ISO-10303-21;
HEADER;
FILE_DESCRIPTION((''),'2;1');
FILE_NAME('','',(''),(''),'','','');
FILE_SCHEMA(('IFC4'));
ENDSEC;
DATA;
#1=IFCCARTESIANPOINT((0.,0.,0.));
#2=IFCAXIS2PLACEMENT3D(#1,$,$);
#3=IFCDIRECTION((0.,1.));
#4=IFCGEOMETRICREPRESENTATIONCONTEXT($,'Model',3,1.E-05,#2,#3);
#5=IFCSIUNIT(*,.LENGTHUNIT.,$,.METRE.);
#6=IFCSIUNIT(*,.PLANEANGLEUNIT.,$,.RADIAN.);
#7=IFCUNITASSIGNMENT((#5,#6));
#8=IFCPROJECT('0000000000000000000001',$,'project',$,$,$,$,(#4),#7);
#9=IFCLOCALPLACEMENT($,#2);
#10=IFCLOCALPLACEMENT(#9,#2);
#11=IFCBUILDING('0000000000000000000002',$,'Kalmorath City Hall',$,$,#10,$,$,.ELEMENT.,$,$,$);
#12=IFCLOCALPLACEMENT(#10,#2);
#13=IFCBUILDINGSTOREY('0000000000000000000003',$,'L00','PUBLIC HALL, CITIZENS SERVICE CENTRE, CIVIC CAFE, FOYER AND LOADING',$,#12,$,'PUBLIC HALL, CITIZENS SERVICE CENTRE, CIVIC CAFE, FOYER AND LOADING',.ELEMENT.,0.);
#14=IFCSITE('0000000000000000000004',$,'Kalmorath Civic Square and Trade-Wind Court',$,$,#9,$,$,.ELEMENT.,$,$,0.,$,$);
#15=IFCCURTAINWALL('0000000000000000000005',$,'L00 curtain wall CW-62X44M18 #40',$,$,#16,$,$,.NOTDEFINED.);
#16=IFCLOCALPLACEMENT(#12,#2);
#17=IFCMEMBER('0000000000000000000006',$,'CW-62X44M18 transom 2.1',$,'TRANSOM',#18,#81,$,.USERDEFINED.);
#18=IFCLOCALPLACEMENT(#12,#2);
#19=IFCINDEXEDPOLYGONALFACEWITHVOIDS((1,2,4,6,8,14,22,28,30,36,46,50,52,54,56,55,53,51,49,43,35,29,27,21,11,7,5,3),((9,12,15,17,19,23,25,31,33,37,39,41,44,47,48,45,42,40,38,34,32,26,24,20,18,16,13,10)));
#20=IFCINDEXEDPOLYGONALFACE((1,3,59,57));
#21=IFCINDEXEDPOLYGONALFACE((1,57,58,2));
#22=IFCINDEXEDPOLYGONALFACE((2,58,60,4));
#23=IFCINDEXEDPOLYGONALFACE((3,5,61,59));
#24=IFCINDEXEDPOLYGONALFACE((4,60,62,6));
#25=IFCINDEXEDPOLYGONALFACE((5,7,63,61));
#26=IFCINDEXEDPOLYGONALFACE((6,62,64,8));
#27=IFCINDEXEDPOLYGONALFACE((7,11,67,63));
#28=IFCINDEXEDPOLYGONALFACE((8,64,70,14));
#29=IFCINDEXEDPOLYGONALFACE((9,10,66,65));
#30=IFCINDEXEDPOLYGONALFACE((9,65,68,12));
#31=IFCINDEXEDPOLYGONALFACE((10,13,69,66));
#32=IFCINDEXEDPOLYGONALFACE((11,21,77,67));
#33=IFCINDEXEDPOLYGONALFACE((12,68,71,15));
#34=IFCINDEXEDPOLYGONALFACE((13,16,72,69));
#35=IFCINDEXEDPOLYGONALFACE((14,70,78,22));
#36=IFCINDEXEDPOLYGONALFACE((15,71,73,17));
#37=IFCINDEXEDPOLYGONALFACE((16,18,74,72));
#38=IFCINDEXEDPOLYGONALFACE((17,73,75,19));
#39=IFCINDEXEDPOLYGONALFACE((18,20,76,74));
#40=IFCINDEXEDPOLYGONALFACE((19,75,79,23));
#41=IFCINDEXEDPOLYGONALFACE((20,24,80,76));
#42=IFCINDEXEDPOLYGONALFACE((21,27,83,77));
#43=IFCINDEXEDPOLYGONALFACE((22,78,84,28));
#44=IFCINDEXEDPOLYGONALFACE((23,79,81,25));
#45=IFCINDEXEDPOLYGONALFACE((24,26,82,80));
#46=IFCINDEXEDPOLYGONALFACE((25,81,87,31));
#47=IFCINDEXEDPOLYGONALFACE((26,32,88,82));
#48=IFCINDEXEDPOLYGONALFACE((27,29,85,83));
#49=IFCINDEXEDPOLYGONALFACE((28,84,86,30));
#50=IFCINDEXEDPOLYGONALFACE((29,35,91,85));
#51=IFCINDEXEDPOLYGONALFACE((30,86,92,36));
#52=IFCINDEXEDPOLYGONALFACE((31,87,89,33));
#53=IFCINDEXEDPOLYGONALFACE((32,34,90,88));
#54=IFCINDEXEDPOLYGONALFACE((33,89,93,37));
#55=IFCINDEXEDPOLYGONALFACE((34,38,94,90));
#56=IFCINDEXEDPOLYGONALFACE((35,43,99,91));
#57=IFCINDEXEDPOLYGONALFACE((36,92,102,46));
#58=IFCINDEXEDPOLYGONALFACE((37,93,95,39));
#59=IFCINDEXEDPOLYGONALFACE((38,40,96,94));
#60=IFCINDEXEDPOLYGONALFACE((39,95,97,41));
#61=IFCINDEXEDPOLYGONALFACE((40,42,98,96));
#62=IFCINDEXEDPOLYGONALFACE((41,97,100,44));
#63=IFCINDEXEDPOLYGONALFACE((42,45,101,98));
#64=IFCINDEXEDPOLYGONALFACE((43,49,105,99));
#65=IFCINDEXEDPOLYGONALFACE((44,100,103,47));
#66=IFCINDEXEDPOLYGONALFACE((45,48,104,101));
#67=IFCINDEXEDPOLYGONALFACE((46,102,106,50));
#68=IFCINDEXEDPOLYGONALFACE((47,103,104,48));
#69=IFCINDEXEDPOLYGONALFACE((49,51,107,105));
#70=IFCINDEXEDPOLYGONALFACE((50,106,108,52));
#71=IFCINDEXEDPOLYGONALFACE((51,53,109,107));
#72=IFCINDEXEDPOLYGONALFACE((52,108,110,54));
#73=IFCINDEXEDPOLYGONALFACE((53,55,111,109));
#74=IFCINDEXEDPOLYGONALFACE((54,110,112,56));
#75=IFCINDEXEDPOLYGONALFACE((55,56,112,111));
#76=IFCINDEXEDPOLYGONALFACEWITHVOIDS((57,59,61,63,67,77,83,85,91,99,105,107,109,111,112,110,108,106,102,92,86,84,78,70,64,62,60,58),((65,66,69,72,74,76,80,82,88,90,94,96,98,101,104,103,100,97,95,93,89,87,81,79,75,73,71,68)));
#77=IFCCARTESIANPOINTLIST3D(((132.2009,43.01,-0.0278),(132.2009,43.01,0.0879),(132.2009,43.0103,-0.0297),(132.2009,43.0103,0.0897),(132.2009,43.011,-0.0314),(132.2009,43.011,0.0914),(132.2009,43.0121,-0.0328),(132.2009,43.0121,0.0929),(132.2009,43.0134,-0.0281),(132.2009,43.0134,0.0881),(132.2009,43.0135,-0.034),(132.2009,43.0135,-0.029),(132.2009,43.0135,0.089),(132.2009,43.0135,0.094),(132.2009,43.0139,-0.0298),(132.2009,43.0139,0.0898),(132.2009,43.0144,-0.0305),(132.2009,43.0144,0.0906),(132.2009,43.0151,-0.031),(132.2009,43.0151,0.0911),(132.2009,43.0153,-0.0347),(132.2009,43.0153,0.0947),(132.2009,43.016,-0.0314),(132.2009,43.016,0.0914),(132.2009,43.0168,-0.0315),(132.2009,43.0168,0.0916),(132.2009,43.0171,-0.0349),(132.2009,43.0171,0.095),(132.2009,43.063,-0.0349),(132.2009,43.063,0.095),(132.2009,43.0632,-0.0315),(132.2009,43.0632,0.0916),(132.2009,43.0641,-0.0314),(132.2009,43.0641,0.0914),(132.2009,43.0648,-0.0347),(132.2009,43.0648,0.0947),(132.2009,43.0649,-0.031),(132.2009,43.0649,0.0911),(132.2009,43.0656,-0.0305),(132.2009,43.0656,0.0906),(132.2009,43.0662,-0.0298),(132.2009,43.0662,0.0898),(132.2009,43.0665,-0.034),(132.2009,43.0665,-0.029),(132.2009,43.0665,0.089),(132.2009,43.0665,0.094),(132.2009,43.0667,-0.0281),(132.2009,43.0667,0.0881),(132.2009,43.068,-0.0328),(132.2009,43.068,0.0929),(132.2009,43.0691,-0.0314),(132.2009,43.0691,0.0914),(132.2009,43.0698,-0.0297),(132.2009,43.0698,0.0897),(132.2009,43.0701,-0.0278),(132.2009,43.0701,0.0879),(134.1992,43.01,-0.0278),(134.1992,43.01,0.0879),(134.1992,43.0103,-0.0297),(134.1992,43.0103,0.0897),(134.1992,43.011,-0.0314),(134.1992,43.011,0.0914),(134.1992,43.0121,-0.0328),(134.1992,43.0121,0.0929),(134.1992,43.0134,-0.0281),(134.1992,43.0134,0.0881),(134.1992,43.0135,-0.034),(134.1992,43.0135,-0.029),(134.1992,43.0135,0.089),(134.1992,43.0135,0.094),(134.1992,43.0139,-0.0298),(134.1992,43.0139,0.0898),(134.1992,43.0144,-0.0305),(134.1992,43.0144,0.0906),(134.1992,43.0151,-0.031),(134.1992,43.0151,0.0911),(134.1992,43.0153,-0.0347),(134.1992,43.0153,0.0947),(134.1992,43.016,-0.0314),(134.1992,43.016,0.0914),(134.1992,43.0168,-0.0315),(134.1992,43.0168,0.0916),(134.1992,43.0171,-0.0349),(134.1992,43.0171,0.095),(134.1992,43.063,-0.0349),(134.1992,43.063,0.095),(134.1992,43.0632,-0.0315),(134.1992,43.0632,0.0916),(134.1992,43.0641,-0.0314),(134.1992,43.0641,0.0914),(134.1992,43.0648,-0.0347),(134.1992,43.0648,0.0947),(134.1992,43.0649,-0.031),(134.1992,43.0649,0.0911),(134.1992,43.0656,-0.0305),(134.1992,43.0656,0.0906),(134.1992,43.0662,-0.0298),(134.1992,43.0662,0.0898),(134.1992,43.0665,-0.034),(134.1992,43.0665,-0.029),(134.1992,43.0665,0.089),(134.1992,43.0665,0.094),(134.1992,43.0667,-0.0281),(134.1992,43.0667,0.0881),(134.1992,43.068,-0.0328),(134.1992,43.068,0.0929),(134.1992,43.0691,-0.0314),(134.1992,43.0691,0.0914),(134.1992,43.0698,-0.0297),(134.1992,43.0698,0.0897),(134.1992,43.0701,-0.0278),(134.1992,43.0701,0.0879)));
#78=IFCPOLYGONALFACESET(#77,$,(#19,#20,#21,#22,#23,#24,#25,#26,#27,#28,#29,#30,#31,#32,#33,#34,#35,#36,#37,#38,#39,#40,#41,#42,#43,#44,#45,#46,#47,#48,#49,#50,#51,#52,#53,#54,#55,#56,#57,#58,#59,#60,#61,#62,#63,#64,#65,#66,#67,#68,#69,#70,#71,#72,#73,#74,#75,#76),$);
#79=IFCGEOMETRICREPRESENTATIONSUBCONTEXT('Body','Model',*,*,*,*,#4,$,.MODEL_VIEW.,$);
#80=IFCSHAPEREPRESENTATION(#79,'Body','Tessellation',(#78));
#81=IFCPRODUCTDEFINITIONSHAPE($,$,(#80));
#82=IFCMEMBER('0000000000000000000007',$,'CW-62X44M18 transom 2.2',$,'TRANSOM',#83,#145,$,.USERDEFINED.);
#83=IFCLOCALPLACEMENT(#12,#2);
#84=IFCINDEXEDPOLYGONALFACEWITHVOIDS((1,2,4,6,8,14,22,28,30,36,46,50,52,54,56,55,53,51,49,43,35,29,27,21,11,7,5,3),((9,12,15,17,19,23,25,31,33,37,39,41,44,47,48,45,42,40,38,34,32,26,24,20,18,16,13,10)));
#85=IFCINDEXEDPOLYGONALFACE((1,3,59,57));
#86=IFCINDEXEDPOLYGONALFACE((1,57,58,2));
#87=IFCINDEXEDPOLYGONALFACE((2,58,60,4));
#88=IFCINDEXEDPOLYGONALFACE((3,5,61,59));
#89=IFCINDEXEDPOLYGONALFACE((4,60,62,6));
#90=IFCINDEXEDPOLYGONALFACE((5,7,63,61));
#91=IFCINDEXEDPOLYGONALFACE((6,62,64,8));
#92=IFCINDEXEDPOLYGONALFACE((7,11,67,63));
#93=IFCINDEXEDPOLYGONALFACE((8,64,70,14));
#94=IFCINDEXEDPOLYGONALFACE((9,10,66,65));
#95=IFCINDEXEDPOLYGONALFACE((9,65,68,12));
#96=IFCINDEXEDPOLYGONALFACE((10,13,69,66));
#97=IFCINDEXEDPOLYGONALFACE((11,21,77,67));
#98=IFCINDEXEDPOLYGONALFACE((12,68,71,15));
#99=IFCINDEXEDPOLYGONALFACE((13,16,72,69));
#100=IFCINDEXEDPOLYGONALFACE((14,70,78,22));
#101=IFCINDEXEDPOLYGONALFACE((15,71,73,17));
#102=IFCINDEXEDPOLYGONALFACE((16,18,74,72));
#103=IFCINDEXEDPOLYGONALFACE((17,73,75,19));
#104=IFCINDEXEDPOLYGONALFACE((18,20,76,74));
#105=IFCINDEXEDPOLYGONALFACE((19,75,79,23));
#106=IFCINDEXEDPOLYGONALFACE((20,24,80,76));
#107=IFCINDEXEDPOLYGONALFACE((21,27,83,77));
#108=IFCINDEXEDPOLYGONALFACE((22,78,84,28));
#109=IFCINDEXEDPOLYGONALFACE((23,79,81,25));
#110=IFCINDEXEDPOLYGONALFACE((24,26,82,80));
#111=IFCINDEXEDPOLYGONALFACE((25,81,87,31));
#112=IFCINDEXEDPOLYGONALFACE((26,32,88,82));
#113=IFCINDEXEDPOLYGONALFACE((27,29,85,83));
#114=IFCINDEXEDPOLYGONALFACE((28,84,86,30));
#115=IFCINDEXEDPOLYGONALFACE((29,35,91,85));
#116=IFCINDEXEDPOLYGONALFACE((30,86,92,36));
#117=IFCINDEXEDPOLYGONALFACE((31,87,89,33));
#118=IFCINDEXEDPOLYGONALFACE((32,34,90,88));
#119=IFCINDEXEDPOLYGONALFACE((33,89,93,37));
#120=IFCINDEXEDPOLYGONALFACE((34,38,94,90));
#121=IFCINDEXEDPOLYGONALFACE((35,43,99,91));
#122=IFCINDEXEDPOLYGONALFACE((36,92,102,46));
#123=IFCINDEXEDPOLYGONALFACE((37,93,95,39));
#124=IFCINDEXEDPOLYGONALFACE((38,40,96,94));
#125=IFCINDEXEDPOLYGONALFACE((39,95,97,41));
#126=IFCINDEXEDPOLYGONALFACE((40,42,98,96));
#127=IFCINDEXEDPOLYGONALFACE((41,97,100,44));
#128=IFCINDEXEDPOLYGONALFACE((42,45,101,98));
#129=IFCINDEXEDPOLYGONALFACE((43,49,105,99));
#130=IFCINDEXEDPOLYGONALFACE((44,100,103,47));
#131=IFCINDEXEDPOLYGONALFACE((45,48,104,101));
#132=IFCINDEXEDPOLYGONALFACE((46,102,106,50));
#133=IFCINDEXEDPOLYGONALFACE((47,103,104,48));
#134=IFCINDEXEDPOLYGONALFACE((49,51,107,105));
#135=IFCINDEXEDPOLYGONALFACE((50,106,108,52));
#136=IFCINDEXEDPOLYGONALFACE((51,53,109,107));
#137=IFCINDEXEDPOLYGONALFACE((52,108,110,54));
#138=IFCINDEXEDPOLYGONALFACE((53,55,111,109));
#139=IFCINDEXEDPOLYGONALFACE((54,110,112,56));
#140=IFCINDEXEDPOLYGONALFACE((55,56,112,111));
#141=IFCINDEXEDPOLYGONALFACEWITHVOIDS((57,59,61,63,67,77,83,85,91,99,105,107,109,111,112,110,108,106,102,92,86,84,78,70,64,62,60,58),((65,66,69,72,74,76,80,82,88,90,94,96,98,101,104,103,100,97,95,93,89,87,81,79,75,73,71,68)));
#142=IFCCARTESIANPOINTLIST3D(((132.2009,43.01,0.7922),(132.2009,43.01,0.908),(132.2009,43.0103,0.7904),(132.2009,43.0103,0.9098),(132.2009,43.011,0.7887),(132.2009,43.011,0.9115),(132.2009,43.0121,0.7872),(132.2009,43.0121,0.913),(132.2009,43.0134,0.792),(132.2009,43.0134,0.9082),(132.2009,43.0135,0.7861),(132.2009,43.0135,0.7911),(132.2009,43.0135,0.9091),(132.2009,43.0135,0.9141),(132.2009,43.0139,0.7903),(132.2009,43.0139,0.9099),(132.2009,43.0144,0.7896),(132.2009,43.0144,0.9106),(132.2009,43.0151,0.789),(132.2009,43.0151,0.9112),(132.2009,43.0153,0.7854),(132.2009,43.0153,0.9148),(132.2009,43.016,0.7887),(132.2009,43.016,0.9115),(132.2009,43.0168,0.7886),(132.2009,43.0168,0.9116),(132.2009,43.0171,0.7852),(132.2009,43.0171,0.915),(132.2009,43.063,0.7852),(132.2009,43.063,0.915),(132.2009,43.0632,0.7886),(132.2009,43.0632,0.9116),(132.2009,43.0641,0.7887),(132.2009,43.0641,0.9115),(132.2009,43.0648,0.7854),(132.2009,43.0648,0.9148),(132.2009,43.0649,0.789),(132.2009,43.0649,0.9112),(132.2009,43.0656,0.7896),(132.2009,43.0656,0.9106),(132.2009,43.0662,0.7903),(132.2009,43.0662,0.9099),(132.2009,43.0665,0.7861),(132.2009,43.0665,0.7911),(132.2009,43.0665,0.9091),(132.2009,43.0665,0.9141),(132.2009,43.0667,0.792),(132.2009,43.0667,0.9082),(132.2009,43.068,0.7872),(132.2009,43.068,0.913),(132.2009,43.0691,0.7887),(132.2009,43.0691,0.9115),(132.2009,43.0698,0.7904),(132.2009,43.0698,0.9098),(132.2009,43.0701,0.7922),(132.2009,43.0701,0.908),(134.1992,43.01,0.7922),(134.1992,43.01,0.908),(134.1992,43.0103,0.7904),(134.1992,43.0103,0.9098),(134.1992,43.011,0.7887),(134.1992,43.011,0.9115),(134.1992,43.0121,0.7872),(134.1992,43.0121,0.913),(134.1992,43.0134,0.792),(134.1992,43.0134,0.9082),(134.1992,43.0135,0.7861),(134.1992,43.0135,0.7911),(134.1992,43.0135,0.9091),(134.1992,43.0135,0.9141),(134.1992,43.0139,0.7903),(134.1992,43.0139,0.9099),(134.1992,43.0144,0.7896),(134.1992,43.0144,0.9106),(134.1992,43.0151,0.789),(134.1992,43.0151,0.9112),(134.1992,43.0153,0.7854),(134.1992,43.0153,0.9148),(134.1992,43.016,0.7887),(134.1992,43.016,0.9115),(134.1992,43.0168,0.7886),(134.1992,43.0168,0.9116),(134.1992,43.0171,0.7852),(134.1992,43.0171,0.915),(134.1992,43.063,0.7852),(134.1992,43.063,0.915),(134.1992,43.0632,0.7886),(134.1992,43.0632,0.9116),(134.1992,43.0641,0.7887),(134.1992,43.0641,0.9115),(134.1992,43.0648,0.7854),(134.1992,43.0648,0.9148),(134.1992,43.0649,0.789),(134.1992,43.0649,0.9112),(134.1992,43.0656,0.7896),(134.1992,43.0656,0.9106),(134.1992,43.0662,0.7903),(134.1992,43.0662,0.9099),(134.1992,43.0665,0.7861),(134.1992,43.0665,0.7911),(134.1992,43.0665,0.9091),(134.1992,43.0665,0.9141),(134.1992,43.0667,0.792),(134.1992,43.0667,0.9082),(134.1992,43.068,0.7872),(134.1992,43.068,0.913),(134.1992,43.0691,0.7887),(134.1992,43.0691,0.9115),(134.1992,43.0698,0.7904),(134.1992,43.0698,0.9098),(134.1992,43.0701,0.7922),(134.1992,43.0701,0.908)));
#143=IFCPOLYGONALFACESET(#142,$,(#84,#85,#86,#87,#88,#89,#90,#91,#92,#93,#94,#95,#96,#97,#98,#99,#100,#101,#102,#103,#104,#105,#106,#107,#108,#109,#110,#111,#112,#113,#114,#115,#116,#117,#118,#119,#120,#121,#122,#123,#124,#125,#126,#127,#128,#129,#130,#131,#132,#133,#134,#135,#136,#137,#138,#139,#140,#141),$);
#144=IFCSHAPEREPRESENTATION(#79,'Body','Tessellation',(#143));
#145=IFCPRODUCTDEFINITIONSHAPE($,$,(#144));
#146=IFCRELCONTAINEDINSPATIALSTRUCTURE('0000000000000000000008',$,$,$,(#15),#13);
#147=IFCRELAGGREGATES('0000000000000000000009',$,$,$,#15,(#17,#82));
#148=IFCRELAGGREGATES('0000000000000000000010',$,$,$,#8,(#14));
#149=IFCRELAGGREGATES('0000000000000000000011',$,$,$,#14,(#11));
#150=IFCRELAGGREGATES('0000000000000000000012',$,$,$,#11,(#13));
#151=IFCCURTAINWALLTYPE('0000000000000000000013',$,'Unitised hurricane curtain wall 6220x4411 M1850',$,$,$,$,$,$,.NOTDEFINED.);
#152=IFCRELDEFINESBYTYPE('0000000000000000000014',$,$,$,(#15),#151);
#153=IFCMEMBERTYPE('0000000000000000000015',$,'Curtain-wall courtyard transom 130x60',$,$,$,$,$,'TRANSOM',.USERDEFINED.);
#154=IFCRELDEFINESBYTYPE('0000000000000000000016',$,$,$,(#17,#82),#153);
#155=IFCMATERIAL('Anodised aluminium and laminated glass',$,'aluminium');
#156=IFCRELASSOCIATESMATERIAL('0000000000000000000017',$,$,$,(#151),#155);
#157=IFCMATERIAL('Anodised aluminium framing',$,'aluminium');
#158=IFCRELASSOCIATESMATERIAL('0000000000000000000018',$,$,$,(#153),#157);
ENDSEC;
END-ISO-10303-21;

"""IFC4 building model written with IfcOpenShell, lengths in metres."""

from ifc_helpers import new_model, si_unit, direction, frame, origin, origin_2d, place, context, subcontext, project, spatial, hollow_rectangle, extrude, material, material_profile, profile_set, type_object, element, aggregate, save


model = new_model("IFC4")

# Units and contexts
model_context = context("Model", 3, precision=1e-05, world=origin(), true_north=direction((0.0, 1.0)))
body_context = subcontext(model_context, "Body", "Model", "MODEL_VIEW")
ifc_project = project(units=[si_unit("LENGTHUNIT", "METRE"), si_unit("PLANEANGLEUNIT", "RADIAN")], contexts=[model_context])

# Site, building, storey
site_placement = place(None, origin())
site = spatial("IfcSite", under=ifc_project, at=site_placement, Name="Kalmorath Civic Square and Trade-Wind Court", CompositionType="ELEMENT", RefElevation=0.0)
building_placement = place(site_placement, origin())
building = spatial("IfcBuilding", under=site, at=building_placement, Name="Kalmorath City Hall", CompositionType="ELEMENT")
storey_placement = place(building_placement, origin())
storey = spatial("IfcBuildingStorey", under=building, at=storey_placement, Name="L00", Description="PUBLIC HALL, CITIZENS SERVICE CENTRE, CIVIC CAFE, FOYER AND LOADING", LongName="PUBLIC HALL, CITIZENS SERVICE CENTRE, CIVIC CAFE, FOYER AND LOADING", CompositionType="ELEMENT", Elevation=0.0)

# Curtain wall, members
ifc_material_1 = material(Name="Anodised aluminium and laminated glass", Category="aluminium")
curtain_wall_type = type_object("IfcCurtainWallType", Name="Unitised hurricane curtain wall 6220x4411 M1850", PredefinedType="NOTDEFINED", material=ifc_material_1)
curtain_wall_placement = place(storey_placement, origin())
curtain_wall = element("IfcCurtainWall", 1, at=curtain_wall_placement, inside=storey, type_object=curtain_wall_type, Name="L00 curtain wall CW-62X44M18 #40", PredefinedType="NOTDEFINED")
ifc_material_2 = material(Name="Anodised aluminium framing", Category="aluminium")
ifc_material_profile_1 = material_profile(ifc_material_2, hollow_rectangle(XDim=0.0601, YDim=0.1299, WallThickness=0.0034, InnerFilletRadius=0.0034, OuterFilletRadius=0.0071, at=origin_2d()), Name="ALU-TRN-130X60X3.5")
ifc_profile_set_1 = profile_set([ifc_material_profile_1], Name="Anodised aluminium framing")
member_type_1 = type_object("IfcMemberType", Name="Curtain-wall courtyard transom 130x60", ElementType="TRANSOM", PredefinedType="USERDEFINED", material=ifc_profile_set_1)
member_1_placement = place(storey_placement, frame((132.2009, 43.04, 0.03), z_axis=(1.0, 0.0, 0.0), x_axis=(0.0, 1.0, 0.0)))
member_1 = element("IfcMember", 2, at=member_1_placement, type_object=member_type_1, Name="CW-62X44M18 transom 2.1", ObjectType="TRANSOM", PredefinedType="USERDEFINED", context=body_context, shape_type="SweptSolid", body=[
    extrude(hollow_rectangle(XDim=0.0601, YDim=0.1299, WallThickness=0.0034, InnerFilletRadius=0.0034, OuterFilletRadius=0.0071, at=origin_2d()), origin(), (0.0, 0.0, 1.0), 1.9983),
])
member_2_placement = place(storey_placement, frame((132.2009, 43.04, 0.8501), z_axis=(1.0, 0.0, 0.0), x_axis=(0.0, 1.0, 0.0)))
member_2 = element("IfcMember", 3, at=member_2_placement, type_object=member_type_1, Name="CW-62X44M18 transom 2.2", ObjectType="TRANSOM", PredefinedType="USERDEFINED", context=body_context, shape_type="SweptSolid", body=[
    extrude(hollow_rectangle(XDim=0.0601, YDim=0.1299, WallThickness=0.0034, InnerFilletRadius=0.0034, OuterFilletRadius=0.0071, at=origin_2d()), origin(), (0.0, 0.0, 1.0), 1.9983),
])

aggregate(curtain_wall, [member_1, member_2])

save(model, "model.ifc")
